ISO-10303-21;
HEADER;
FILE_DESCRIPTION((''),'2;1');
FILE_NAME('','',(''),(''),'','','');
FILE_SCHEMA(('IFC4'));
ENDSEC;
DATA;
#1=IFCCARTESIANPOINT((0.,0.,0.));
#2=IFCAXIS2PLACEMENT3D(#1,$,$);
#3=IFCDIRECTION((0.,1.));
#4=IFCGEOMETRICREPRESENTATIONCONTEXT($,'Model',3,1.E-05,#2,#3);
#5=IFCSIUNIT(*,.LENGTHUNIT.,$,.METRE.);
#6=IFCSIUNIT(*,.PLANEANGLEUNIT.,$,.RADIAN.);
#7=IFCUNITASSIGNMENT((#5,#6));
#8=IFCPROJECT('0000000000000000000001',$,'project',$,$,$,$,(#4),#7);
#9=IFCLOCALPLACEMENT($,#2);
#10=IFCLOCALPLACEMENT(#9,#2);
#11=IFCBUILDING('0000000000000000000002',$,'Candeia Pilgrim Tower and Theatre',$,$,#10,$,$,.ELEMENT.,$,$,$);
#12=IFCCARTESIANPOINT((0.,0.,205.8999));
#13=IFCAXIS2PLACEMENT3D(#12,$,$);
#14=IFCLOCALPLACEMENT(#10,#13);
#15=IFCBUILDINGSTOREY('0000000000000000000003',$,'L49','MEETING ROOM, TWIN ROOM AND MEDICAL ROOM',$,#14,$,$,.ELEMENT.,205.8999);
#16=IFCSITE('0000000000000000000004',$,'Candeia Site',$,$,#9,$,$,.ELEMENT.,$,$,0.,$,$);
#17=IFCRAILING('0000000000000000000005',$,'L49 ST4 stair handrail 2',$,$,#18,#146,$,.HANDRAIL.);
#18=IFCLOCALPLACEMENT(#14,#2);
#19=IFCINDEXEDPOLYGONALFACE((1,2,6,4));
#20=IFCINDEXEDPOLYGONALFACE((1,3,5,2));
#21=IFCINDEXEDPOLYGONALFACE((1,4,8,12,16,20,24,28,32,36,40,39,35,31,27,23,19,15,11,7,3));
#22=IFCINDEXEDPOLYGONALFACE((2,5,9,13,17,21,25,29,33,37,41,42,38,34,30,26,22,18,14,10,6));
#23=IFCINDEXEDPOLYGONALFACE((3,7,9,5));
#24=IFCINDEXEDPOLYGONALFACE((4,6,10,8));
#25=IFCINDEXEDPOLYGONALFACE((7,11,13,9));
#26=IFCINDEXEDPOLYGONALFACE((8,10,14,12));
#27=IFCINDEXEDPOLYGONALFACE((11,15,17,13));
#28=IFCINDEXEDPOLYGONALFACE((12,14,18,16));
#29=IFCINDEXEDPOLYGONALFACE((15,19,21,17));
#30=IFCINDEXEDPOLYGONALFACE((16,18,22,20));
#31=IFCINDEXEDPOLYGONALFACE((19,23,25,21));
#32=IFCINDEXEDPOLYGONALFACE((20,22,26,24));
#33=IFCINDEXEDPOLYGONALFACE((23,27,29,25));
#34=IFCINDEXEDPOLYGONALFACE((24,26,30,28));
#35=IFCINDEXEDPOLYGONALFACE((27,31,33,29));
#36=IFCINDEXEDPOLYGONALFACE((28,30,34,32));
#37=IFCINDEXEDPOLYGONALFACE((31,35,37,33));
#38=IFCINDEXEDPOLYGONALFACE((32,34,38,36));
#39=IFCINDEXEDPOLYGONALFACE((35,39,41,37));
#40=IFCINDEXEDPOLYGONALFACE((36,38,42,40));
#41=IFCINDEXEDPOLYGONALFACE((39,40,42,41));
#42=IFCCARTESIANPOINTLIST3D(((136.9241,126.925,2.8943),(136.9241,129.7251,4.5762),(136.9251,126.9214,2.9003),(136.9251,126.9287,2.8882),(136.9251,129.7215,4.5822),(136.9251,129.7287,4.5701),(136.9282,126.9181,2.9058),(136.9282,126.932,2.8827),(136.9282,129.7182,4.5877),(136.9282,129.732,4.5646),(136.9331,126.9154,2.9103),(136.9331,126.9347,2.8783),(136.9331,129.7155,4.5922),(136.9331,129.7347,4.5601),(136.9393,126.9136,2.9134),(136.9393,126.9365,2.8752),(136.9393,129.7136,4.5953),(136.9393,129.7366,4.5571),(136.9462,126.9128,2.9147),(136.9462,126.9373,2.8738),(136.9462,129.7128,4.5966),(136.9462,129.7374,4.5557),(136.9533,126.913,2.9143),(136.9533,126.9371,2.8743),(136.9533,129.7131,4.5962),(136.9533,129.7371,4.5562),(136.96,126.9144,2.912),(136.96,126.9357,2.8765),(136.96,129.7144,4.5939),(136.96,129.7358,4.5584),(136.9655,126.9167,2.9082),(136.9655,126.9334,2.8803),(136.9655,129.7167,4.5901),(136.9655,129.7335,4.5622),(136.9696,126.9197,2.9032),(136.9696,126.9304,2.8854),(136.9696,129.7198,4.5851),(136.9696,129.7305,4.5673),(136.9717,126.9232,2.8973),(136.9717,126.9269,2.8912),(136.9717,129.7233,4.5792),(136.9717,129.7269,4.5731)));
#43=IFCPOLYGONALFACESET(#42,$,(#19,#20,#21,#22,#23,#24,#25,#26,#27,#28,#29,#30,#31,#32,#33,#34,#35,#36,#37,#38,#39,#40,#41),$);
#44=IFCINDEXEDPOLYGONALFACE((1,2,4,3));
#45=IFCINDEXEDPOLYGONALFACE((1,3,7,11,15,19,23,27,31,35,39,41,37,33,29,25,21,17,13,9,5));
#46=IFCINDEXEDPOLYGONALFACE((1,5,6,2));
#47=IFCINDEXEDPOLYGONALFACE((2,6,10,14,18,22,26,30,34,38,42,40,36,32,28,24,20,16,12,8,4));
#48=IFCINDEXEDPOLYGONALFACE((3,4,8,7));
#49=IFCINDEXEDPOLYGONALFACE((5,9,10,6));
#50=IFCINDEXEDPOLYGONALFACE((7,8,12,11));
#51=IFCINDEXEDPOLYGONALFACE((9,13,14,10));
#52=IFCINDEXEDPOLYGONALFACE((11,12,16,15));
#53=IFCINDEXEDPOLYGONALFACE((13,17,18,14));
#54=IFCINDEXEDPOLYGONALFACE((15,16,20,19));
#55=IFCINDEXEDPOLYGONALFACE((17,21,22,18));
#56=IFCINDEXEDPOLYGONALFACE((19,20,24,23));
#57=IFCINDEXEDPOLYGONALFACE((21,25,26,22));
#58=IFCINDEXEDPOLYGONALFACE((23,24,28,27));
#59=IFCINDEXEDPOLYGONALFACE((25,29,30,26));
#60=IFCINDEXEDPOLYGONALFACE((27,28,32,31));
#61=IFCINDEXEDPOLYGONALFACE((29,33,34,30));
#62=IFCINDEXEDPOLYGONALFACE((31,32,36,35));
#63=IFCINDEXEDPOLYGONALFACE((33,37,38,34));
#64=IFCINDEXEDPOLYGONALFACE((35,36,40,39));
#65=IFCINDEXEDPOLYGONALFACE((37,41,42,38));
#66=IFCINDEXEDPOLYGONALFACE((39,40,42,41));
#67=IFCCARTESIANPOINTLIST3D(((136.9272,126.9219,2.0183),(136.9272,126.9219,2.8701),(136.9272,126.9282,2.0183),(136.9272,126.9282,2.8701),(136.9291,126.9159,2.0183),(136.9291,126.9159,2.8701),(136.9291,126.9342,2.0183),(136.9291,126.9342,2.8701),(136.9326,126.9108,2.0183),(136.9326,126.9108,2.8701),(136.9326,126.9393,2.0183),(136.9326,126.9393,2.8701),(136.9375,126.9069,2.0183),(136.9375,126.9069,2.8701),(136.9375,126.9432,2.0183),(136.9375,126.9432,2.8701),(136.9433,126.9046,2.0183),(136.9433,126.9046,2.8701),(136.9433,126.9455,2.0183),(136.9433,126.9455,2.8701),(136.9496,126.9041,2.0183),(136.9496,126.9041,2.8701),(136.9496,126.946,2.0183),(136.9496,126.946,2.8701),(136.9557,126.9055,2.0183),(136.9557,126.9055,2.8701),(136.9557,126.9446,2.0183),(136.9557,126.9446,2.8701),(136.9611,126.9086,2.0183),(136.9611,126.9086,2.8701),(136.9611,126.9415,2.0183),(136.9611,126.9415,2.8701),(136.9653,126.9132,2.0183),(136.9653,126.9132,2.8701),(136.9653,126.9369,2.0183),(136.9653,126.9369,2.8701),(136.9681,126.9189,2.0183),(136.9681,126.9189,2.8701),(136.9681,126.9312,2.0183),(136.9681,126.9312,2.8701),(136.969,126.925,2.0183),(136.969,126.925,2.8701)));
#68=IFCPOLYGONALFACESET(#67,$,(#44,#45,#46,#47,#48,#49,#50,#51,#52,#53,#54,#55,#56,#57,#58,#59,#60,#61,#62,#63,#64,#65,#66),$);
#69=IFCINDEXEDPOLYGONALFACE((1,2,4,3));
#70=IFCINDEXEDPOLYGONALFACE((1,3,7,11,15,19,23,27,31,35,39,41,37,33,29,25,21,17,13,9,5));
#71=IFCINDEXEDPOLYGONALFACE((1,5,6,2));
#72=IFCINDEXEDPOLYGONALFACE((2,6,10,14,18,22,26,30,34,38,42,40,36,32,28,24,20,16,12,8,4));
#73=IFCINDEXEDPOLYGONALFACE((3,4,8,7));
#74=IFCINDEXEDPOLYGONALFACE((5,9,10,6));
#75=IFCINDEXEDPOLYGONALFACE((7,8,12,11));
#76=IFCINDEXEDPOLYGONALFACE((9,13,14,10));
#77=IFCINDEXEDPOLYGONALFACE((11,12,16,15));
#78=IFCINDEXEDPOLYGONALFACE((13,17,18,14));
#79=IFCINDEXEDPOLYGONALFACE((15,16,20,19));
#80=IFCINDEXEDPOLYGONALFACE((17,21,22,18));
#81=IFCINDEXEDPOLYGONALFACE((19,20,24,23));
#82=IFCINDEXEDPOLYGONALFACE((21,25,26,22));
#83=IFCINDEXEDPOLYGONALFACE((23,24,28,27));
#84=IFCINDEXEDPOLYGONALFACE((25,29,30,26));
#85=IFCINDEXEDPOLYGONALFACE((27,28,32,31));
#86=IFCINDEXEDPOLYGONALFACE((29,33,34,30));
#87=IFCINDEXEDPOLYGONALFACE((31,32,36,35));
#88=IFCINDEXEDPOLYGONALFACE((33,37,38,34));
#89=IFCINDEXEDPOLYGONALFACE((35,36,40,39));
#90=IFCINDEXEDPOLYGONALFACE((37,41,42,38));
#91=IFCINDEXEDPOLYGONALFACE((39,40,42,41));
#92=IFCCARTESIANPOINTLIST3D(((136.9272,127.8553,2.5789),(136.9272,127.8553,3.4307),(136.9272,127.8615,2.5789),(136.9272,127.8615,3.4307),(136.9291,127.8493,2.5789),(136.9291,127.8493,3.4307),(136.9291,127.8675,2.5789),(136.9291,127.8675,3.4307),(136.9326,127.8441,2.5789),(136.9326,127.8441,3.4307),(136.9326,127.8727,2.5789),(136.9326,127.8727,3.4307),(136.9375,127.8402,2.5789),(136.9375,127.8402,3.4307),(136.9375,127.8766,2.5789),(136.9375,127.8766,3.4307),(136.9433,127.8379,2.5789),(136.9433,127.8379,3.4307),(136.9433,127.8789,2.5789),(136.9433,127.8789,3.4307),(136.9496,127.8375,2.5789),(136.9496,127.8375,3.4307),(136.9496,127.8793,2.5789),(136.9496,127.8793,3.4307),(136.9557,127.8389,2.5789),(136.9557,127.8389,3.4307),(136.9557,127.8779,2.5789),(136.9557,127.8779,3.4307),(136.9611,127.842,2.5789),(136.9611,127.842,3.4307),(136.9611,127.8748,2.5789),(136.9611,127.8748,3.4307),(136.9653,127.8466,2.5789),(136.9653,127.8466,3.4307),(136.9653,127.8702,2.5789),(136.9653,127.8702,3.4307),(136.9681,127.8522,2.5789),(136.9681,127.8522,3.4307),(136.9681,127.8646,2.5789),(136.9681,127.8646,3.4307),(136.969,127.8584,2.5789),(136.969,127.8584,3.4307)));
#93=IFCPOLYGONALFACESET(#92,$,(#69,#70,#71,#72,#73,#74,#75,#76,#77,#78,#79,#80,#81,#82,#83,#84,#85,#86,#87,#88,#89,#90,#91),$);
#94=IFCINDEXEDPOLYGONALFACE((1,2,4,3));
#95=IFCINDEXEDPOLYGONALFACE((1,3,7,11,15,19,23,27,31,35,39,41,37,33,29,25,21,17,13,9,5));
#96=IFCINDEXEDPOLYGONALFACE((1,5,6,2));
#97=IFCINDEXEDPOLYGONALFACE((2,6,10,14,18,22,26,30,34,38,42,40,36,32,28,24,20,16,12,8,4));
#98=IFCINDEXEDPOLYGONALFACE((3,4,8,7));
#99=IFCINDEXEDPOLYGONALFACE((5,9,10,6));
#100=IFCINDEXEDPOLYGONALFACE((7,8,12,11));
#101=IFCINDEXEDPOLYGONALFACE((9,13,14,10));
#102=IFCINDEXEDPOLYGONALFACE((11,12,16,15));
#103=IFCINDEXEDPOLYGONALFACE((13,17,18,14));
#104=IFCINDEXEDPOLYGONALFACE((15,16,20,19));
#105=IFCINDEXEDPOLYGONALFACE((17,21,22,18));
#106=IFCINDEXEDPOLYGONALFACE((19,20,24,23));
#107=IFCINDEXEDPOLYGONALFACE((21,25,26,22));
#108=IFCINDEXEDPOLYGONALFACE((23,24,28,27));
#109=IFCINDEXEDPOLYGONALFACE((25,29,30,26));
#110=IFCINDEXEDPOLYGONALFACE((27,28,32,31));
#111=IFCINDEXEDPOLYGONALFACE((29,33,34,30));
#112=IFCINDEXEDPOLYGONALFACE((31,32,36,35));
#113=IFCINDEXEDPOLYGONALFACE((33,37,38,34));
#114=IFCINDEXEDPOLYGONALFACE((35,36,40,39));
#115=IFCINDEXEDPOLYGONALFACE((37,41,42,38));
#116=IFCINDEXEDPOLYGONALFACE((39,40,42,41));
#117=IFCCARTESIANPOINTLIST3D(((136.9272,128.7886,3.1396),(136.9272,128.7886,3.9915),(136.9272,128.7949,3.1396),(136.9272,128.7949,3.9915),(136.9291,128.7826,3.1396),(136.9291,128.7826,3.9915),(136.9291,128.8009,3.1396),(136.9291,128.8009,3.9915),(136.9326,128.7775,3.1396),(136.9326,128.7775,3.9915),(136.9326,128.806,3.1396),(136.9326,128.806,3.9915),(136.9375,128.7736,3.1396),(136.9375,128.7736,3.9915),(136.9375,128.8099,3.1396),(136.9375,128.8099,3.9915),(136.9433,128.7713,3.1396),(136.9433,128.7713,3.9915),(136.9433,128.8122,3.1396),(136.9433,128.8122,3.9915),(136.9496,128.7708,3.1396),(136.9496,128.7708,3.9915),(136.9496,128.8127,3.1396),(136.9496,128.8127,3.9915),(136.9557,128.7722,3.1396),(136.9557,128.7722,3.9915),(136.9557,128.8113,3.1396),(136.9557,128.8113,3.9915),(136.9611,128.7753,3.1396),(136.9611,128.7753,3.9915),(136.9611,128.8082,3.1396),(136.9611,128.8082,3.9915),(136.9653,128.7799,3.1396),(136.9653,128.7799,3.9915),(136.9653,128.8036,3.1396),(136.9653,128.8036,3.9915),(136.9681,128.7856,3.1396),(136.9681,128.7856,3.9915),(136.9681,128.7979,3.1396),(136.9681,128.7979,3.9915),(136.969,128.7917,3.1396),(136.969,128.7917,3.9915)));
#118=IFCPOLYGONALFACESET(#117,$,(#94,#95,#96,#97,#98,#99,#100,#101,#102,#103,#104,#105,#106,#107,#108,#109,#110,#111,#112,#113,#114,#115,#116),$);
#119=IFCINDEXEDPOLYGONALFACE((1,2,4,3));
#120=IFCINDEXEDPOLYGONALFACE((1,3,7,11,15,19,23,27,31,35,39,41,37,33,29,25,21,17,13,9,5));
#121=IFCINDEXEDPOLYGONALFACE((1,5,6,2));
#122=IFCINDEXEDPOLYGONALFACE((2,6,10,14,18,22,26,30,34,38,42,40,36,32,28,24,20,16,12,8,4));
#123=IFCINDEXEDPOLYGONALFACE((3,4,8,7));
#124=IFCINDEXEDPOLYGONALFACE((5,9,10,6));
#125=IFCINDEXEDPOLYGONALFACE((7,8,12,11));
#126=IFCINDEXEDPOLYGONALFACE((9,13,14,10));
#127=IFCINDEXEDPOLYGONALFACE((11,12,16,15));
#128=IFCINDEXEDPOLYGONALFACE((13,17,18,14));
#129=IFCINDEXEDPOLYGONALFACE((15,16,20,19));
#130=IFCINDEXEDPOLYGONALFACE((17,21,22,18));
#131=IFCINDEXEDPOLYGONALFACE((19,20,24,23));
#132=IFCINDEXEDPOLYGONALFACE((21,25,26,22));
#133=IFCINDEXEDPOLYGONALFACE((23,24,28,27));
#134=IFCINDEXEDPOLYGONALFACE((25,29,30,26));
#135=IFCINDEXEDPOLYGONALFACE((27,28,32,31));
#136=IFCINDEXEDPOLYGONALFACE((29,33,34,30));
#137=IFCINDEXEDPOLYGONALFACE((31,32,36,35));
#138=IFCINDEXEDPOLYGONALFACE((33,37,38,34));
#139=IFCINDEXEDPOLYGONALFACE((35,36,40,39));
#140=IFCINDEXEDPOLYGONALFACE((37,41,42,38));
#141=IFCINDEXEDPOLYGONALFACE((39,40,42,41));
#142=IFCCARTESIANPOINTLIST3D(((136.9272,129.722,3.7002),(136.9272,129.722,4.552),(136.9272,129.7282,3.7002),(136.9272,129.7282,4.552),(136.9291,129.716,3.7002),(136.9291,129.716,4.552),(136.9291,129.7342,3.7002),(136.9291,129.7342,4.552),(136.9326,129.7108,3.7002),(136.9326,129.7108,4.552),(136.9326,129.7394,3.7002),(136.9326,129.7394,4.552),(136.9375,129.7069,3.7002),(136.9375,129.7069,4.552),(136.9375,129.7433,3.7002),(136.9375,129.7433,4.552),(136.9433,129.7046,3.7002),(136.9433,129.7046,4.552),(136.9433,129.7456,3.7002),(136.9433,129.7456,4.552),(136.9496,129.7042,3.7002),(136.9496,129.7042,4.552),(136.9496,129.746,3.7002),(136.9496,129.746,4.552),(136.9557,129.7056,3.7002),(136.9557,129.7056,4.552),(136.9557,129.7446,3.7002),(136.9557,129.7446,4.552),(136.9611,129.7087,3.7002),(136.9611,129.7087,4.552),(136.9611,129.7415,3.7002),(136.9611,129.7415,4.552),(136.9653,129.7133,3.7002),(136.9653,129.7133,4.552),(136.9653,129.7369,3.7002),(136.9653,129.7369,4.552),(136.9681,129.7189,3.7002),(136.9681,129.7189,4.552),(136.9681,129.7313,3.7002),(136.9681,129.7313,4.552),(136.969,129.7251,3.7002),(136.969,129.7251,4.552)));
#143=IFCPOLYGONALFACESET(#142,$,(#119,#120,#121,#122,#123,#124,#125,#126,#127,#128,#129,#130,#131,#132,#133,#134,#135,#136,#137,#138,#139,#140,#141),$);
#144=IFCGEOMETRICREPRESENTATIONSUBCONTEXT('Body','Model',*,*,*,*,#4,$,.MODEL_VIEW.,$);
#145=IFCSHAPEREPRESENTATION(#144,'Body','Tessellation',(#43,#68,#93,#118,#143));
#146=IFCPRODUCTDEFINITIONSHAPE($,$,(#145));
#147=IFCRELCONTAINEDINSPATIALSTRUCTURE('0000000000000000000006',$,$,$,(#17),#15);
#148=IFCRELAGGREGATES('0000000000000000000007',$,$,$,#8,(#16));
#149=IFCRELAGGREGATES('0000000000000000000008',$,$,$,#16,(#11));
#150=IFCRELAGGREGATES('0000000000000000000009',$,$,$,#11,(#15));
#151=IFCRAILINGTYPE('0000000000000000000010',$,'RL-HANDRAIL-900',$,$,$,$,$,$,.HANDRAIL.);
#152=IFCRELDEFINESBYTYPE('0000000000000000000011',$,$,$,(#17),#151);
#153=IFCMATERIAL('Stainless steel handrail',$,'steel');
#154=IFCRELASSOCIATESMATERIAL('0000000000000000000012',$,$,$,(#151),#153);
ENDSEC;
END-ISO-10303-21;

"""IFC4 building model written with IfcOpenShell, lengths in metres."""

from ifc_helpers import new_model, si_unit, direction, frame, origin, origin_2d, place, context, subcontext, project, spatial, circle, extrude, material, type_object, element, save


model = new_model("IFC4")

# Units and contexts
model_context = context("Model", 3, precision=1e-05, world=origin(), true_north=direction((0.0, 1.0)))
body_context = subcontext(model_context, "Body", "Model", "MODEL_VIEW")
ifc_project = project(units=[si_unit("LENGTHUNIT", "METRE"), si_unit("PLANEANGLEUNIT", "RADIAN")], contexts=[model_context])

# Site, building, storey
site_placement = place(None, origin())
site = spatial("IfcSite", under=ifc_project, at=site_placement, Name="Candeia Site", CompositionType="ELEMENT", RefElevation=0.0)
building_placement = place(site_placement, origin())
building = spatial("IfcBuilding", under=site, at=building_placement, Name="Candeia Pilgrim Tower and Theatre", CompositionType="ELEMENT")
storey_placement = place(building_placement, frame((0.0, 0.0, 205.8999)))
storey = spatial("IfcBuildingStorey", under=building, at=storey_placement, Name="L49", Description="MEETING ROOM, TWIN ROOM AND MEDICAL ROOM", CompositionType="ELEMENT", Elevation=205.8999)

# Railing
ifc_material_1 = material(Name="Stainless steel handrail", Category="steel")
railing_type_1 = type_object("IfcRailingType", Name="RL-HANDRAIL-900", PredefinedType="HANDRAIL", material=ifc_material_1)
railing_1_placement = place(storey_placement, frame((136.948, 126.925, 2.0183)))
element("IfcRailing", 1, at=railing_1_placement, inside=storey, type_object=railing_type_1, Name="L49 ST4 stair handrail 2", PredefinedType="HANDRAIL", context=body_context, shape_type="SweptSolid", body=[
    extrude(circle(Radius=0.0239, at=origin_2d()), frame((0.0, 0.0, 0.876), z_axis=(0.0, 0.857242, 0.514913), x_axis=(-1.0, 0.0, 0.0)), (0.0, 0.0, 1.0), 3.2664),
    extrude(circle(Radius=0.021, at=origin_2d()), origin(), (0.0, 0.0, 1.0), 0.8518),
    extrude(circle(Radius=0.021, at=origin_2d()), frame((0.0, 0.9333, 0.5605)), (0.0, 0.0, 1.0), 0.8518),
    extrude(circle(Radius=0.021, at=origin_2d()), frame((0.0, 1.8667, 1.1213)), (0.0, 0.0, 1.0), 0.8518),
    extrude(circle(Radius=0.021, at=origin_2d()), frame((0.0, 2.8, 1.6819)), (0.0, 0.0, 1.0), 0.8518),
])

save(model, "model.ifc")
